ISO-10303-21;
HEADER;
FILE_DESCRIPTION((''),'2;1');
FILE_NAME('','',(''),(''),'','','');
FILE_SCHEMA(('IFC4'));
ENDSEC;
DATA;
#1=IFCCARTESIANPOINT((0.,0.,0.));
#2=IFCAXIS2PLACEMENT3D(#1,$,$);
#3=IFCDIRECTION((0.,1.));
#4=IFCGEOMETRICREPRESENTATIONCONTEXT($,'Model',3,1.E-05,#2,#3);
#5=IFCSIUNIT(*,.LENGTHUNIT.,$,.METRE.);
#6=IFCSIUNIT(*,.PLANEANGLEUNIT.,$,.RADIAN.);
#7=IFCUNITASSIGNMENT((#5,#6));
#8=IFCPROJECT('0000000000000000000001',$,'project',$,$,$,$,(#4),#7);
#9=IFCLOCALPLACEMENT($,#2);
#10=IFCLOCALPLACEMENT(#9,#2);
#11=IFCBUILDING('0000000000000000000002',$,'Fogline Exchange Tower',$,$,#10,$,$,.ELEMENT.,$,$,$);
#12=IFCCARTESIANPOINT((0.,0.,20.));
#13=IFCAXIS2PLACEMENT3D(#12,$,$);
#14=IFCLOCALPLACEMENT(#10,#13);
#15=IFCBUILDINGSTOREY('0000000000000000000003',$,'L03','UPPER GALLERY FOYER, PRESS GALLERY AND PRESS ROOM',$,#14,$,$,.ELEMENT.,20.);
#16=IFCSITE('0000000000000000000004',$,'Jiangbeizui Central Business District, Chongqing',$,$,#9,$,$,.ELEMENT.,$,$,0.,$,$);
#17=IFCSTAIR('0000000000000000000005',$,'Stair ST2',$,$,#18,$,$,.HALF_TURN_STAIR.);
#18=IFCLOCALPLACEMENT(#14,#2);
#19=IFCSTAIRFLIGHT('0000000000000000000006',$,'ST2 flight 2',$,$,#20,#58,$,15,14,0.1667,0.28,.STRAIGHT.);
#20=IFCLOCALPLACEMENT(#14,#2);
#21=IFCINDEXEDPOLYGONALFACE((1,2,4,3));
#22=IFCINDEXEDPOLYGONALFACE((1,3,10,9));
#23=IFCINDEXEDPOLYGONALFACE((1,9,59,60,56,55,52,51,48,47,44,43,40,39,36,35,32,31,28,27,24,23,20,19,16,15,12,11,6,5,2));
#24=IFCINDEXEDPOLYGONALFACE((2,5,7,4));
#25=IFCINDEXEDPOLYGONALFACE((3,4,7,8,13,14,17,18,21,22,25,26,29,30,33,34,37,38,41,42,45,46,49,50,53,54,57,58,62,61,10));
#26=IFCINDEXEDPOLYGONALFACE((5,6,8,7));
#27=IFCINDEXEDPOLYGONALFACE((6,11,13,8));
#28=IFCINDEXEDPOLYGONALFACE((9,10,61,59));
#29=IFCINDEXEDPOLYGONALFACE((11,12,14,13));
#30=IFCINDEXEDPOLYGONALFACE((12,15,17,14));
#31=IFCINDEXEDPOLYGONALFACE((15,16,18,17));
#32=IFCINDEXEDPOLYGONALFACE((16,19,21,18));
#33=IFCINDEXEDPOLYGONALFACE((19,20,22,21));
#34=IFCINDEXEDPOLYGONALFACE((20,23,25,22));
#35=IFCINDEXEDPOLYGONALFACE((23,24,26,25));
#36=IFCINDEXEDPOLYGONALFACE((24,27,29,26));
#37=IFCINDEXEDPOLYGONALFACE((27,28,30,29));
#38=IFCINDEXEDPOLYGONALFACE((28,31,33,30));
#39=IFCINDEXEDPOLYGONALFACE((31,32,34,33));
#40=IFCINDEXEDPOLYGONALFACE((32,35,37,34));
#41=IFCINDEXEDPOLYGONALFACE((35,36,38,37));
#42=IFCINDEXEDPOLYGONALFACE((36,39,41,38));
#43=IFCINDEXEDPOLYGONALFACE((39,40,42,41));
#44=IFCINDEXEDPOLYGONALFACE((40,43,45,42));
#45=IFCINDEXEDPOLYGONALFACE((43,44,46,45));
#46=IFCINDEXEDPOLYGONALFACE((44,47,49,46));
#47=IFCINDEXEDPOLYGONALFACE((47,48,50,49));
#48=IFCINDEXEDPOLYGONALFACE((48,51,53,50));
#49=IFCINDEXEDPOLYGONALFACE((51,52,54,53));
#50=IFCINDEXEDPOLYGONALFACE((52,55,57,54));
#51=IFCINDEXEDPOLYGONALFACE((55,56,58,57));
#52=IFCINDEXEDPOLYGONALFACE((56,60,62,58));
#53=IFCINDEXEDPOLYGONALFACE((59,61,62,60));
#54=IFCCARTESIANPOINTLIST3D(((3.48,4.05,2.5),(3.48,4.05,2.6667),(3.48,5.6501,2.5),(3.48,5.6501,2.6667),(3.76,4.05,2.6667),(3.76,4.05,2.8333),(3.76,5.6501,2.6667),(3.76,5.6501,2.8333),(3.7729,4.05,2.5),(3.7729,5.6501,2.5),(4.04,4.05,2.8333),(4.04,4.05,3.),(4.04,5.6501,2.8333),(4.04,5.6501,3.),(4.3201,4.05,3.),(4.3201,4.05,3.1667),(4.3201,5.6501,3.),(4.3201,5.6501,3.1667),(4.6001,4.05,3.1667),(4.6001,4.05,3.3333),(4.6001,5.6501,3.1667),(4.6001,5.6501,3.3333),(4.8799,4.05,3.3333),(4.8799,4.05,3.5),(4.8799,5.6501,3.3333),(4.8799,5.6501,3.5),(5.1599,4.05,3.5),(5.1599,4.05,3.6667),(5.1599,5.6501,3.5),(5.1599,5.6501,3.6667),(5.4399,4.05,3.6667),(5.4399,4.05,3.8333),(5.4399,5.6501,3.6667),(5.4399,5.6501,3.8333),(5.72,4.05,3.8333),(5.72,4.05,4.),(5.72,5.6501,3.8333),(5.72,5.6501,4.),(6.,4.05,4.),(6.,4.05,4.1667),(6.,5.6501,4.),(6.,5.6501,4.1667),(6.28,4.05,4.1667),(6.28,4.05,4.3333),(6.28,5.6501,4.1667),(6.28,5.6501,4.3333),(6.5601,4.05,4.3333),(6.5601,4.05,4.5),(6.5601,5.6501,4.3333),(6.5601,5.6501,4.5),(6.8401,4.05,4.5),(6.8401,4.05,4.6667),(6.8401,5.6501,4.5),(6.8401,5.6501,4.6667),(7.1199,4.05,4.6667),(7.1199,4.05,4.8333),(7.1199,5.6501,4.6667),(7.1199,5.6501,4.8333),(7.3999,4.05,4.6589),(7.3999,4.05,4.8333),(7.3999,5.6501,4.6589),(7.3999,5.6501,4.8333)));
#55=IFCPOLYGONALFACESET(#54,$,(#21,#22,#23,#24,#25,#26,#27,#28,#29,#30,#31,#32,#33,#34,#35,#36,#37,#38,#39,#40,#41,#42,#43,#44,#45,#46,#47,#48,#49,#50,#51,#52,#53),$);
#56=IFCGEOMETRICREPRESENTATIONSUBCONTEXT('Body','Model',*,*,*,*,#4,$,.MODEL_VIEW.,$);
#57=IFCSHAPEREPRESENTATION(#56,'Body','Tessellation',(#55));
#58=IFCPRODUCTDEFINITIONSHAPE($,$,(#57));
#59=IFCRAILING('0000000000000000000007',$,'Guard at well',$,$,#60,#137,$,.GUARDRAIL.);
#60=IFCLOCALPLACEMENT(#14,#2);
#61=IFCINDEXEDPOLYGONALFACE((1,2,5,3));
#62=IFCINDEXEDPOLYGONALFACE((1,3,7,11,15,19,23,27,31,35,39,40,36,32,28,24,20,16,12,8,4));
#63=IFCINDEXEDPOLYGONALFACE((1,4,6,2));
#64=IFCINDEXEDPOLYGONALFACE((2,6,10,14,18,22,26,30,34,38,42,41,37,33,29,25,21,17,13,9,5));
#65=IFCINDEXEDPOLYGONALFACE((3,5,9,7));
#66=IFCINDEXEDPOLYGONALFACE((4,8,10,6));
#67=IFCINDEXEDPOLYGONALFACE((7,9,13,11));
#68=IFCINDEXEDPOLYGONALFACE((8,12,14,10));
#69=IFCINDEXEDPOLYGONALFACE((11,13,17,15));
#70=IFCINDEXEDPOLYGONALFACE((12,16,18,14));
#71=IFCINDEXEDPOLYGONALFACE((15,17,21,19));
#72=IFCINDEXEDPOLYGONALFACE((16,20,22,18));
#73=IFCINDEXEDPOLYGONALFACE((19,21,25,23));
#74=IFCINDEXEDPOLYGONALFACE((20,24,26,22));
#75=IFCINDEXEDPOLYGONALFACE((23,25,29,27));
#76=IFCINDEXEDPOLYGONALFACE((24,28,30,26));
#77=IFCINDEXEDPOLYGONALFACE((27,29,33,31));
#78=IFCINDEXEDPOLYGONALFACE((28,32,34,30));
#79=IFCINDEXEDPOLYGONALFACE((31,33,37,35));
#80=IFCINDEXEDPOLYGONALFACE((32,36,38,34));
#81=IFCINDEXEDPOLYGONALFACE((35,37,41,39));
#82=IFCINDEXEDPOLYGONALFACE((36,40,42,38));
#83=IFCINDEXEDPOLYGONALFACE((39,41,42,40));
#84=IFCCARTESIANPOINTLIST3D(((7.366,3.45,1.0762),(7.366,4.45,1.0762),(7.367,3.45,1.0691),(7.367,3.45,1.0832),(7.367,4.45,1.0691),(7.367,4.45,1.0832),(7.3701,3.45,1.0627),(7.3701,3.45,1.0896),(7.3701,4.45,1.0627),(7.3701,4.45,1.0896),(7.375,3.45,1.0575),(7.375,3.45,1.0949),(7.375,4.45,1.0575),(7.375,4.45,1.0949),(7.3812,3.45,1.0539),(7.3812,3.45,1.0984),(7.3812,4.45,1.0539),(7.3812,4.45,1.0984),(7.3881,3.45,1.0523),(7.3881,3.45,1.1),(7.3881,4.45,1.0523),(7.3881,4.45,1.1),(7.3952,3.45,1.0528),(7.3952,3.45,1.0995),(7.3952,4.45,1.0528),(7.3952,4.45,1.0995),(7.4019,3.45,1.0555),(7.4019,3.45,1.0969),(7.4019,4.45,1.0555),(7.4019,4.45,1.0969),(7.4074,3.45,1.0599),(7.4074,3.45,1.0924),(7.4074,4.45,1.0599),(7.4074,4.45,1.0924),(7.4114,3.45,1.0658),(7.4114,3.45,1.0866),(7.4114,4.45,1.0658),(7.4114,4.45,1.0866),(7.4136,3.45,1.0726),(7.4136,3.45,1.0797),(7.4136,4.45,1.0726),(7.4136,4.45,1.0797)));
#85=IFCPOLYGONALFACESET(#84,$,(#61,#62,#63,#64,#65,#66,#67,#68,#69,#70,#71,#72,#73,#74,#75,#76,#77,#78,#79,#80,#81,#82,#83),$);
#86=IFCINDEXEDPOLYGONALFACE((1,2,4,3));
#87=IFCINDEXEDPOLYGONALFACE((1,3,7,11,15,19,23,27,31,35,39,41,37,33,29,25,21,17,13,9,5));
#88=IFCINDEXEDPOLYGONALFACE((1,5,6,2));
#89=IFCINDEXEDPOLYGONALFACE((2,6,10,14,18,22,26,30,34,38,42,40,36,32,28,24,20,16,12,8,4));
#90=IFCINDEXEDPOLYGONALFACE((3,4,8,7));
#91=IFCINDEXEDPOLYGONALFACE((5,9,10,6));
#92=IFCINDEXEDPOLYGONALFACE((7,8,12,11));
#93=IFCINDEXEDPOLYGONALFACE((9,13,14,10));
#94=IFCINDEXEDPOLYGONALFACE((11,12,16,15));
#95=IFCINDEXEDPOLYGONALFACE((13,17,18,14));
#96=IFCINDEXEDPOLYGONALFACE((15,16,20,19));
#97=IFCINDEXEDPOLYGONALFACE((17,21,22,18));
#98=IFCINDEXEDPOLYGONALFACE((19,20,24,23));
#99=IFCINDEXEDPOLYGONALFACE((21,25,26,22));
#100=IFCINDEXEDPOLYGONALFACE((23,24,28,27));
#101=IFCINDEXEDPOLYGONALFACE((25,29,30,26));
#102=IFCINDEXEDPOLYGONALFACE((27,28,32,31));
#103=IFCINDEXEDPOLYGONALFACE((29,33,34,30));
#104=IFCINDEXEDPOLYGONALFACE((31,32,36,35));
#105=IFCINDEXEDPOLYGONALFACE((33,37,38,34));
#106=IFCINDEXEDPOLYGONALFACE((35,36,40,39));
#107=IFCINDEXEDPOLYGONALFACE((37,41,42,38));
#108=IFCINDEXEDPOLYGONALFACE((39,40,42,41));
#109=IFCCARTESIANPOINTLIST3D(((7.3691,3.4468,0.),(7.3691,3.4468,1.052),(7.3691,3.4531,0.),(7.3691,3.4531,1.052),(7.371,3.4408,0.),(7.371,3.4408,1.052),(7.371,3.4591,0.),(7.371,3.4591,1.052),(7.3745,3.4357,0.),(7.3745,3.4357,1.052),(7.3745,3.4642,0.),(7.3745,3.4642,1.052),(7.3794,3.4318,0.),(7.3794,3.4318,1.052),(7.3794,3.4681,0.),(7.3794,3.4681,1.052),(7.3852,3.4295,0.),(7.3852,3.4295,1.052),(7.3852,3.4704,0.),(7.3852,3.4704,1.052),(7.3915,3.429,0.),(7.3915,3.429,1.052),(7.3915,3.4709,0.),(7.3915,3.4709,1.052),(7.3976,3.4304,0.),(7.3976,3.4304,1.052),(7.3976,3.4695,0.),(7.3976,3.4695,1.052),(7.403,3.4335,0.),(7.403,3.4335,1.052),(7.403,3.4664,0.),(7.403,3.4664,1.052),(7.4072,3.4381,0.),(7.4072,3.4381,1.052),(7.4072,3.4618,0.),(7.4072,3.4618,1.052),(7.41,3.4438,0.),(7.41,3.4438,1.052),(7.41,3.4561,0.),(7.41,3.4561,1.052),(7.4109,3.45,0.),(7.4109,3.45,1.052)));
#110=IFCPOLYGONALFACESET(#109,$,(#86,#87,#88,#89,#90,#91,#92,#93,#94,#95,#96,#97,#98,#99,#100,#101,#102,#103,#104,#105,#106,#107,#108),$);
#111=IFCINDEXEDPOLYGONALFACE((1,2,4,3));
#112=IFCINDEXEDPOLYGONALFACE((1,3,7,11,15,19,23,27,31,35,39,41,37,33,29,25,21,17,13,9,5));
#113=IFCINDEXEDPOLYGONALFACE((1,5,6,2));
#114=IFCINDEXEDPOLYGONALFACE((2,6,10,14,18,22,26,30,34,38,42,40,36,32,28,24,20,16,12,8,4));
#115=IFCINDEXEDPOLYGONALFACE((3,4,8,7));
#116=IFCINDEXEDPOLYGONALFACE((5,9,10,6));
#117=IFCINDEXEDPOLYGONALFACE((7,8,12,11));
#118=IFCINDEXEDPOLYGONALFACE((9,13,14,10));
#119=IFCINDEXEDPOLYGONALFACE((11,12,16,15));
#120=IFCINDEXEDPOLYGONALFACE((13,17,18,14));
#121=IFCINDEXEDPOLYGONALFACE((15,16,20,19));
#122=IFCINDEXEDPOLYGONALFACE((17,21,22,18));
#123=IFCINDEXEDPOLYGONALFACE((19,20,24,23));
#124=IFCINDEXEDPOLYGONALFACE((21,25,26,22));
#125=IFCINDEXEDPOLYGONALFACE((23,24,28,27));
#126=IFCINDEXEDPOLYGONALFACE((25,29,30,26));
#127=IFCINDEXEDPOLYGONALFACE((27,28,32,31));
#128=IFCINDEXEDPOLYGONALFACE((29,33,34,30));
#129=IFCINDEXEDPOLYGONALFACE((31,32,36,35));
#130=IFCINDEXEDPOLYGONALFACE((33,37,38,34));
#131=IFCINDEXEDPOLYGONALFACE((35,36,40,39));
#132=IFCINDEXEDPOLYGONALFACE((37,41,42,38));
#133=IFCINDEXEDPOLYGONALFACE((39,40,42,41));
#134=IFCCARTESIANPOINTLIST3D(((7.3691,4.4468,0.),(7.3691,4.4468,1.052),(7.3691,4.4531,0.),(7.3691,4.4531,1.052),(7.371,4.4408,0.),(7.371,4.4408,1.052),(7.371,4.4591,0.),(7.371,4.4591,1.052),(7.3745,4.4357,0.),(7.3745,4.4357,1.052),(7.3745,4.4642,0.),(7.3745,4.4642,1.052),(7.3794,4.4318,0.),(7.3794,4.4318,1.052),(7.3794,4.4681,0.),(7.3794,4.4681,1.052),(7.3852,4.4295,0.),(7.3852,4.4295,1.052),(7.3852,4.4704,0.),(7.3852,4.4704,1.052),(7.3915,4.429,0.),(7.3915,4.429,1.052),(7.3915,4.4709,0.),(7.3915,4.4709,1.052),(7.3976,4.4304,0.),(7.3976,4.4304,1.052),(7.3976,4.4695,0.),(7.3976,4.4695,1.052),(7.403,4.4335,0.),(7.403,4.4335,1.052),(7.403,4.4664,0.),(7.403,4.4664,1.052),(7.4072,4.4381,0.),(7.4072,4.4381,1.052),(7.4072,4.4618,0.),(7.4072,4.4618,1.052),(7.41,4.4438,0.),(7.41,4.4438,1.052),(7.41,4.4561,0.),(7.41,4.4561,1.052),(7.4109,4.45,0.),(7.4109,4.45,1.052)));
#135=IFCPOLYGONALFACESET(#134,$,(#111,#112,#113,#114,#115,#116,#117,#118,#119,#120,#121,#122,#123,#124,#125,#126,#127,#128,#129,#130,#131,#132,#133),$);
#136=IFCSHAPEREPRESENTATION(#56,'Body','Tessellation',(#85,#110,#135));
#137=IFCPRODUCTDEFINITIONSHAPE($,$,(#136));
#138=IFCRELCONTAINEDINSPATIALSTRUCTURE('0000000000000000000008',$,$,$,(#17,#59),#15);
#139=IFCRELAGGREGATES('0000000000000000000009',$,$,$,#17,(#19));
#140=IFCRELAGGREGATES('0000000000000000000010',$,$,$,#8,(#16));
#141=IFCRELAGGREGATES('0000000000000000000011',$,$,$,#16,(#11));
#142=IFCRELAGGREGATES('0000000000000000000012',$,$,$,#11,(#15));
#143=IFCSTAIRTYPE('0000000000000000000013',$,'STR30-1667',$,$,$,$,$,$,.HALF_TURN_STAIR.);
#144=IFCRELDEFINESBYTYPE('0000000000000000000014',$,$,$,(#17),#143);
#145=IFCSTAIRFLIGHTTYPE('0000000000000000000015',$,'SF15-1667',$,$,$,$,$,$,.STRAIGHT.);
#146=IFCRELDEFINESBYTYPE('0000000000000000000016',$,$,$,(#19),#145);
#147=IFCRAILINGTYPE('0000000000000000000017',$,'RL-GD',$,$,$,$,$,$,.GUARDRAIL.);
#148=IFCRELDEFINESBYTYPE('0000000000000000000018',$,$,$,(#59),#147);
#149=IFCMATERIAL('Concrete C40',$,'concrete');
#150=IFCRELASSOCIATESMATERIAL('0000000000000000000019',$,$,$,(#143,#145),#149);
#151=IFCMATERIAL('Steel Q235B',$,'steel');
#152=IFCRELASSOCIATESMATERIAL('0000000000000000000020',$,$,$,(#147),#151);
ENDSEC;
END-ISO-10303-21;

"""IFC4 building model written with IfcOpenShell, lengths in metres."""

from ifc_helpers import new_model, si_unit, direction, frame, origin, origin_2d, place, context, subcontext, project, spatial, polyline, circle, outline, extrude, material, type_object, element, aggregate, save


model = new_model("IFC4")

# Units and contexts
model_context = context("Model", 3, precision=1e-05, world=origin(), true_north=direction((0.0, 1.0)))
body_context = subcontext(model_context, "Body", "Model", "MODEL_VIEW")
ifc_project = project(units=[si_unit("LENGTHUNIT", "METRE"), si_unit("PLANEANGLEUNIT", "RADIAN")], contexts=[model_context])

# Site, building, storey
site_placement = place(None, origin())
site = spatial("IfcSite", under=ifc_project, at=site_placement, Name="Jiangbeizui Central Business District, Chongqing", CompositionType="ELEMENT", RefElevation=0.0)
building_placement = place(site_placement, origin())
building = spatial("IfcBuilding", under=site, at=building_placement, Name="Fogline Exchange Tower", CompositionType="ELEMENT")
storey_placement = place(building_placement, frame((0.0, 0.0, 20.0)))
storey = spatial("IfcBuildingStorey", under=building, at=storey_placement, Name="L03", Description="UPPER GALLERY FOYER, PRESS GALLERY AND PRESS ROOM", CompositionType="ELEMENT", Elevation=20.0)

# Shared definitions
ifc_material_1 = material(Name="Concrete C40", Category="concrete")

# Stair
stair_type = type_object("IfcStairType", Name="STR30-1667", PredefinedType="HALF_TURN_STAIR", material=ifc_material_1)
stair_1_placement = place(storey_placement, origin())
stair_1 = element("IfcStair", 1, at=stair_1_placement, inside=storey, type_object=stair_type, Name="Stair ST2", PredefinedType="HALF_TURN_STAIR")

# Stair flight
stair_flight_type = type_object("IfcStairFlightType", Name="SF15-1667", PredefinedType="STRAIGHT", material=ifc_material_1)
stair_flight_1_placement = place(storey_placement, frame((3.48, 4.8501, 2.5), z_axis=(0.0, 0.0, 1.0), x_axis=(1.0, 0.0, 0.0)))
stair_flight_1 = element("IfcStairFlight", 2, at=stair_flight_1_placement, type_object=stair_flight_type, Name="ST2 flight 2", NumberOfRisers=15, NumberOfTreads=14, PredefinedType="STRAIGHT", RiserHeight=0.1667, TreadLength=0.28, context=body_context, shape_type="SweptSolid", body=[
    extrude(outline(polyline([(0.0, 0.0), (0.0, 0.1667), (0.28, 0.1667), (0.28, 0.3333), (0.5601, 0.3333), (0.5601, 0.5), (0.8401, 0.5), (0.8401, 0.6667), (1.1201, 0.6667), (1.1201, 0.8333), (1.3999, 0.8333), (1.3999, 1.0), (1.6799, 1.0), (1.6799, 1.1667), (1.96, 1.1667), (1.96, 1.3333), (2.24, 1.3333), (2.24, 1.5), (2.52, 1.5), (2.52, 1.6667), (2.8, 1.6667), (2.8, 1.8333), (3.0801, 1.8333), (3.0801, 2.0), (3.3601, 2.0), (3.3601, 2.1667), (3.6399, 2.1667), (3.6399, 2.3333), (3.9199, 2.3333), (3.9199, 2.5), (3.9199, 2.1589), (0.293, 0.0), (0.0, 0.0)])), frame((0.0, 0.8, 0.0), z_axis=(0.0, -1.0, 0.0), x_axis=(1.0, 0.0, 0.0)), (0.0, 0.0, 1.0), 1.6001),
])
aggregate(stair_1, [stair_flight_1])

# Railing
ifc_material_2 = material(Name="Steel Q235B", Category="steel")
railing_type_1 = type_object("IfcRailingType", Name="RL-GD", PredefinedType="GUARDRAIL", material=ifc_material_2)
railing_1_placement = place(storey_placement, frame((7.3899, 3.45, 0.0)))
element("IfcRailing", 3, at=railing_1_placement, inside=storey, type_object=railing_type_1, Name="Guard at well", PredefinedType="GUARDRAIL", context=body_context, shape_type="SweptSolid", body=[
    extrude(circle(Radius=0.0239, at=origin_2d()), frame((0.0, 0.0, 1.0762), z_axis=(0.0, 1.0, 0.0), x_axis=(-1.0, 0.0, 0.0)), (0.0, 0.0, 1.0), 1.0),
    extrude(circle(Radius=0.021, at=origin_2d()), origin(), (0.0, 0.0, 1.0), 1.052),
    extrude(circle(Radius=0.021, at=origin_2d()), frame((0.0, 1.0, 0.0)), (0.0, 0.0, 1.0), 1.052),
])

save(model, "model.ifc")
